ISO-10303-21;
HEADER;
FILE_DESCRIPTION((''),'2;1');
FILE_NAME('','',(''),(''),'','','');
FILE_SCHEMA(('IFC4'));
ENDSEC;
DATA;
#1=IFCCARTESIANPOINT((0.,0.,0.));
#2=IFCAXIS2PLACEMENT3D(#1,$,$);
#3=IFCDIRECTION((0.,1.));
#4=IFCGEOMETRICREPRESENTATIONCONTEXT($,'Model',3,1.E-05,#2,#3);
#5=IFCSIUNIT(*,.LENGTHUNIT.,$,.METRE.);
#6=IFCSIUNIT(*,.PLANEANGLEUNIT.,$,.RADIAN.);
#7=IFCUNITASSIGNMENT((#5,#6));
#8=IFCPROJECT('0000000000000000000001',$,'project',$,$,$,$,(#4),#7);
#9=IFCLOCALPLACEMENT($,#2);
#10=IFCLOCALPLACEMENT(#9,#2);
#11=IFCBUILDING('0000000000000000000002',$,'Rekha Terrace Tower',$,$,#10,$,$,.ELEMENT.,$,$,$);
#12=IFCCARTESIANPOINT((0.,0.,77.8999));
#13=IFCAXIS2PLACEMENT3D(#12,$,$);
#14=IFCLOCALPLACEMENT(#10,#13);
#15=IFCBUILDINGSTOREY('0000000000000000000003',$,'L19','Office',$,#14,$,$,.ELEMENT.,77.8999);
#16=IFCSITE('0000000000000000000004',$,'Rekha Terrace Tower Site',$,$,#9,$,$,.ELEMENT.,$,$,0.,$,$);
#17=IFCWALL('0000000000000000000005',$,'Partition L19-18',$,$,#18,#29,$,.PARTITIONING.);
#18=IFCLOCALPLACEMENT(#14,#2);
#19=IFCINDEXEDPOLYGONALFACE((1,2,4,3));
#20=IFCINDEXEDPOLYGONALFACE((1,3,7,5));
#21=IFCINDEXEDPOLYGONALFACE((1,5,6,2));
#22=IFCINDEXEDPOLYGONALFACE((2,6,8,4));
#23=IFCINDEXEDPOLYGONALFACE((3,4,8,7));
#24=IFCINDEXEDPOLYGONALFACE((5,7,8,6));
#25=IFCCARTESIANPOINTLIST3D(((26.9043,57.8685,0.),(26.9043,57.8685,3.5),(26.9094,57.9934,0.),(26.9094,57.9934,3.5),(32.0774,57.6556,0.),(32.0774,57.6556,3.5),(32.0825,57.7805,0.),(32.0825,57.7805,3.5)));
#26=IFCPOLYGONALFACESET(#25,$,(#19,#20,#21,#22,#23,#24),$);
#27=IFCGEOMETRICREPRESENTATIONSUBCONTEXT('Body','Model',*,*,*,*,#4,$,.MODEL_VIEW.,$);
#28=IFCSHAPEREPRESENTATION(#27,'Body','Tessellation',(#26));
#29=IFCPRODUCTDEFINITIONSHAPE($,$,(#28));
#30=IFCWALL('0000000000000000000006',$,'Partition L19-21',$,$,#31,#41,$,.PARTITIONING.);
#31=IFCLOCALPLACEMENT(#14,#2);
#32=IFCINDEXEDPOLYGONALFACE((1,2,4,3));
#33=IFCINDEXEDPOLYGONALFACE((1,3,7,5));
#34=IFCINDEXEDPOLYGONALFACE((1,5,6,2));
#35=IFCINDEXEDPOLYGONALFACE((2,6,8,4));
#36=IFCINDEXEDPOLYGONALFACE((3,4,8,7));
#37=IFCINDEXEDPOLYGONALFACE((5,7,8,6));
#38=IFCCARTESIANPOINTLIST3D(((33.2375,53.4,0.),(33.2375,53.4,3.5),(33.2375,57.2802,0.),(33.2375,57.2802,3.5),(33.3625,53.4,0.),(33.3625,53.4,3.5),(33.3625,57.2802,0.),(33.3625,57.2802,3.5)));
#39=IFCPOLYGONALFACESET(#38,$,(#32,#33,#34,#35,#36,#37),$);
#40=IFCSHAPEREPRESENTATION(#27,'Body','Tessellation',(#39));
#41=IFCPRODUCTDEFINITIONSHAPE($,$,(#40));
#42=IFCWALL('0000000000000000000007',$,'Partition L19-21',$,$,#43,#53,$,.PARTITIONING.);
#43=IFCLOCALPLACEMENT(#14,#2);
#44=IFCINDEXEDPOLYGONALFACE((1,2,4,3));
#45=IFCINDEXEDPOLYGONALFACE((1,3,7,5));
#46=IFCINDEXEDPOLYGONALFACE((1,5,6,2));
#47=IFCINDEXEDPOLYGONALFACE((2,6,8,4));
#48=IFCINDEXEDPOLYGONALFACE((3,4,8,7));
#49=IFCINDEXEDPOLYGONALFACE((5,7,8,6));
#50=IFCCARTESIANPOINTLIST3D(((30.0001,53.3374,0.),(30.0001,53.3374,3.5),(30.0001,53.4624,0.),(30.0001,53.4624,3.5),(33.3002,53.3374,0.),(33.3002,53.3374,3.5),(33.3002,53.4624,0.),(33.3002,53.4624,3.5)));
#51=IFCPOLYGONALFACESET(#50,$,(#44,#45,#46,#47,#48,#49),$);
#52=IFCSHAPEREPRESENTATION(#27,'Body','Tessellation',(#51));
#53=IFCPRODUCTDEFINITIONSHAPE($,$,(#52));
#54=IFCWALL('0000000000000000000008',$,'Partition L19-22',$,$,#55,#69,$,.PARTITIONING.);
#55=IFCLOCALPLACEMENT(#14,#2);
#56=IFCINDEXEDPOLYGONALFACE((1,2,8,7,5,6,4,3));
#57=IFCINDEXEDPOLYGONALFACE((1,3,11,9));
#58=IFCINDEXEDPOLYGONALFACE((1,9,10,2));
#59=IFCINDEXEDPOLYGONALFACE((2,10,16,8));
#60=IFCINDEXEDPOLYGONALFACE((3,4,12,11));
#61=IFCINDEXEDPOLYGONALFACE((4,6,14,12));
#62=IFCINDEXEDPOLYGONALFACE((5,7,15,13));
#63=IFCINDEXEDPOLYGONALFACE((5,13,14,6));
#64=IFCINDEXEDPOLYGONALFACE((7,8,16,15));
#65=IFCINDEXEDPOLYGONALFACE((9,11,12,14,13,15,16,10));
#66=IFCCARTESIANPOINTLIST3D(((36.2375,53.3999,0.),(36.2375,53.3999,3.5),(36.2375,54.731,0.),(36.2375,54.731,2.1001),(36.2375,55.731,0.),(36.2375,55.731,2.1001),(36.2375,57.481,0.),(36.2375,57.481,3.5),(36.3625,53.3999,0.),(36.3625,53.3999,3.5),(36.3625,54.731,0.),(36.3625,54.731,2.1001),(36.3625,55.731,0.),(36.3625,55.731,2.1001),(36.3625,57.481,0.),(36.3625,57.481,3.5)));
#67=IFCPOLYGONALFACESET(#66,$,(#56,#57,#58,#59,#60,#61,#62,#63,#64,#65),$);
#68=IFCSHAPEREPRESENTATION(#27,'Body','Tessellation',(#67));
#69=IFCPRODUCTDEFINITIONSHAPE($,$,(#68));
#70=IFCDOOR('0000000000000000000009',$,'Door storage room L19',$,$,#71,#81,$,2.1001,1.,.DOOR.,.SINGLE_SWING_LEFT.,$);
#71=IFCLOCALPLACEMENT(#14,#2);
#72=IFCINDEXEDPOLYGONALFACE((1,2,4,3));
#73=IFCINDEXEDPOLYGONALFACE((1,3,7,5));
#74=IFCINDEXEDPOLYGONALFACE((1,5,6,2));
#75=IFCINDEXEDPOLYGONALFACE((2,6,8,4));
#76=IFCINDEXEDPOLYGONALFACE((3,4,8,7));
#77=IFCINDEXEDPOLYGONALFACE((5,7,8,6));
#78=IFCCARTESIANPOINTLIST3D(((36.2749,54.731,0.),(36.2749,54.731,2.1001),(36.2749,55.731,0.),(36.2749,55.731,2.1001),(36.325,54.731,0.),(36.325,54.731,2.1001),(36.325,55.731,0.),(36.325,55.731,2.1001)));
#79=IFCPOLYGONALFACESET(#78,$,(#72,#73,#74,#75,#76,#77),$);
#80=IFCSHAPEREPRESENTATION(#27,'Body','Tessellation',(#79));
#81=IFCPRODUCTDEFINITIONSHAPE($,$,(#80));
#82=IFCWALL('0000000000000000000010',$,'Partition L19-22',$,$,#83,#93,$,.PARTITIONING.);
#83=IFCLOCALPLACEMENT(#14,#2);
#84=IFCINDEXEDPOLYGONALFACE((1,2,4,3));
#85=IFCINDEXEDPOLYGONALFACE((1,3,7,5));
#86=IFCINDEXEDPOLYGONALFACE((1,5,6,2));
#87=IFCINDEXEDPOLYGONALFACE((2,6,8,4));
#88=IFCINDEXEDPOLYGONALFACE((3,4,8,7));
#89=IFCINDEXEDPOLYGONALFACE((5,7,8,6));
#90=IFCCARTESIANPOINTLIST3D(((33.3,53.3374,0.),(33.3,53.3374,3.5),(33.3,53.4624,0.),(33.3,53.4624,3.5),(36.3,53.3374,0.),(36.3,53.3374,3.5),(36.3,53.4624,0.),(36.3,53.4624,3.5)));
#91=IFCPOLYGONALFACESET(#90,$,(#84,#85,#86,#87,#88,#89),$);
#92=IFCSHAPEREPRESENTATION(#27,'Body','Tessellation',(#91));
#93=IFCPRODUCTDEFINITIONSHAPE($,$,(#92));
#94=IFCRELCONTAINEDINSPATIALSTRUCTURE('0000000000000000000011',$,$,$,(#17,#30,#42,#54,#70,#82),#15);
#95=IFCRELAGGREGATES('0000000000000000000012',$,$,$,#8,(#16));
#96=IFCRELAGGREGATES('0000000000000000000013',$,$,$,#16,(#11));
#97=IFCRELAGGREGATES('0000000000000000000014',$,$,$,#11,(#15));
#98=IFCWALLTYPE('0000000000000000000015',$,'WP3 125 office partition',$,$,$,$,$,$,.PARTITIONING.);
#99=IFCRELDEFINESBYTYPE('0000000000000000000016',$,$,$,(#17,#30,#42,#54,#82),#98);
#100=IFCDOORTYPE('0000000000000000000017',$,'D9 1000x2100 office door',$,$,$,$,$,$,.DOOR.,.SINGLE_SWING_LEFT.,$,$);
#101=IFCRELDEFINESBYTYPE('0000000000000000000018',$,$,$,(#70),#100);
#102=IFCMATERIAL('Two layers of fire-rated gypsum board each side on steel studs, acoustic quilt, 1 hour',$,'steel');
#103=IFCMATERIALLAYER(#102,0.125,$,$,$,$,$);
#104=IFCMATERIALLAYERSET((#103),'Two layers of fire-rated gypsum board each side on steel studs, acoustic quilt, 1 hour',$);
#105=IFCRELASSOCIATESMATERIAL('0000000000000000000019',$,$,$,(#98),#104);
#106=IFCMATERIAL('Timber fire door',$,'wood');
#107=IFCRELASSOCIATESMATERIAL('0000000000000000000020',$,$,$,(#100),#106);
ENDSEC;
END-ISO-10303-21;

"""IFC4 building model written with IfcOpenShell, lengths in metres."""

from ifc_helpers import new_model, si_unit, direction, frame, frame_2d, origin, place, context, subcontext, project, spatial, rectangle, extrude, material, layer, layer_set, type_object, element, fill, save


model = new_model("IFC4")

# Units and contexts
model_context = context("Model", 3, precision=1e-05, world=origin(), true_north=direction((0.0, 1.0)))
body_context = subcontext(model_context, "Body", "Model", "MODEL_VIEW")
ifc_project = project(units=[si_unit("LENGTHUNIT", "METRE"), si_unit("PLANEANGLEUNIT", "RADIAN")], contexts=[model_context])

# Site, building, storey
site_placement = place(None, origin())
site = spatial("IfcSite", under=ifc_project, at=site_placement, Name="Rekha Terrace Tower Site", CompositionType="ELEMENT", RefElevation=0.0)
building_placement = place(site_placement, origin())
building = spatial("IfcBuilding", under=site, at=building_placement, Name="Rekha Terrace Tower", CompositionType="ELEMENT")
storey_placement = place(building_placement, frame((0.0, 0.0, 77.8999)))
storey = spatial("IfcBuildingStorey", under=building, at=storey_placement, Name="L19", Description="Office", CompositionType="ELEMENT", Elevation=77.8999)

# Walls
ifc_material_1 = material(Name="Two layers of fire-rated gypsum board each side on steel studs, acoustic quilt, 1 hour", Category="steel")
ifc_layer_1 = layer(ifc_material_1, 0.125)
ifc_layer_set_1 = layer_set([ifc_layer_1], Name="Two layers of fire-rated gypsum board each side on steel studs, acoustic quilt, 1 hour")
wall_type_1 = type_object("IfcWallType", Name="WP3 125 office partition", PredefinedType="PARTITIONING", material=ifc_layer_set_1)
wall_1_placement = place(storey_placement, frame((32.0801, 57.718, 0.0), z_axis=(0.0, 0.0, 1.0), x_axis=(-0.999154, 0.041119, 0.0)))
element("IfcWall", 1, at=wall_1_placement, inside=storey, type_object=wall_type_1, Name="Partition L19-18", PredefinedType="PARTITIONING", context=body_context, shape_type="SweptSolid", body=[
    extrude(rectangle(XDim=5.1775, YDim=0.125, at=frame_2d((2.5889, 0.0))), origin(), (0.0, 0.0, 1.0), 3.5),
])
wall_2_placement = place(storey_placement, frame((33.3, 57.28, 0.0), z_axis=(0.0, 0.0, 1.0), x_axis=(0.0, -1.0, 0.0)))
element("IfcWall", 2, at=wall_2_placement, inside=storey, type_object=wall_type_1, Name="Partition L19-21", PredefinedType="PARTITIONING", context=body_context, shape_type="SweptSolid", body=[
    extrude(rectangle(XDim=3.8801, YDim=0.125, at=frame_2d((1.9399, 0.0))), origin(), (0.0, 0.0, 1.0), 3.5),
])
wall_3_placement = place(storey_placement, frame((33.3, 53.3999, 0.0), z_axis=(0.0, 0.0, 1.0), x_axis=(-1.0, 0.0, 0.0)))
element("IfcWall", 3, at=wall_3_placement, inside=storey, type_object=wall_type_1, Name="Partition L19-21", PredefinedType="PARTITIONING", context=body_context, shape_type="SweptSolid", body=[
    extrude(rectangle(XDim=3.3, YDim=0.125, at=frame_2d((1.6499, 0.0))), origin(), (0.0, 0.0, 1.0), 3.5),
])

# Wall, opening, door
wall_4_placement = place(storey_placement, frame((36.3, 57.481, 0.0), z_axis=(0.0, 0.0, 1.0), x_axis=(0.0, -1.0, 0.0)))
wall_4 = element("IfcWall", 4, at=wall_4_placement, inside=storey, type_object=wall_type_1, Name="Partition L19-22", PredefinedType="PARTITIONING", context=body_context, shape_type="SweptSolid", body=[
    extrude(rectangle(XDim=4.0811, YDim=0.125, at=frame_2d((2.0405, 0.0))), origin(), (0.0, 0.0, 1.0), 3.5),
])
opening_1_placement = place(wall_4_placement, frame((1.75, 0.0, 0.0)))
opening_1 = element("IfcOpeningElement", 5, at=opening_1_placement, cuts=wall_4, PredefinedType="OPENING", context=body_context, shape_type="SweptSolid", body=[
    extrude(rectangle(XDim=1.0, YDim=2.1001, at=frame_2d((0.5, 1.05))), frame((0.0, 0.0725, 0.0), z_axis=(0.0, -1.0, 0.0), x_axis=(1.0, 0.0, 0.0)), (0.0, 0.0, 1.0), 0.145),
])
ifc_material_2 = material(Name="Timber fire door", Category="wood")
door_type_1 = type_object("IfcDoorType", Name="D9 1000x2100 office door", OperationType="SINGLE_SWING_LEFT", PredefinedType="DOOR", material=ifc_material_2)
door_1_placement = place(opening_1_placement, origin())
door_1 = element("IfcDoor", 6, at=door_1_placement, inside=storey, type_object=door_type_1, Name="Door storage room L19", OperationType="SINGLE_SWING_LEFT", OverallHeight=2.1001, OverallWidth=1.0, PredefinedType="DOOR", context=body_context, shape_type="SweptSolid", body=[
    extrude(rectangle(XDim=1.0, YDim=2.1001, at=frame_2d((0.5, 1.05))), frame((0.0, 0.0249, 0.0), z_axis=(0.0, -1.0, 0.0), x_axis=(1.0, 0.0, 0.0)), (0.0, 0.0, 1.0), 0.05),
])
fill(opening_1, door_1)

# Wall
wall_5_placement = place(storey_placement, frame((36.3, 53.3999, 0.0), z_axis=(0.0, 0.0, 1.0), x_axis=(-1.0, 0.0, 0.0)))
element("IfcWall", 7, at=wall_5_placement, inside=storey, type_object=wall_type_1, Name="Partition L19-22", PredefinedType="PARTITIONING", context=body_context, shape_type="SweptSolid", body=[
    extrude(rectangle(XDim=3.0, YDim=0.125, at=frame_2d((1.5, 0.0))), origin(), (0.0, 0.0, 1.0), 3.5),
])

save(model, "model.ifc")
